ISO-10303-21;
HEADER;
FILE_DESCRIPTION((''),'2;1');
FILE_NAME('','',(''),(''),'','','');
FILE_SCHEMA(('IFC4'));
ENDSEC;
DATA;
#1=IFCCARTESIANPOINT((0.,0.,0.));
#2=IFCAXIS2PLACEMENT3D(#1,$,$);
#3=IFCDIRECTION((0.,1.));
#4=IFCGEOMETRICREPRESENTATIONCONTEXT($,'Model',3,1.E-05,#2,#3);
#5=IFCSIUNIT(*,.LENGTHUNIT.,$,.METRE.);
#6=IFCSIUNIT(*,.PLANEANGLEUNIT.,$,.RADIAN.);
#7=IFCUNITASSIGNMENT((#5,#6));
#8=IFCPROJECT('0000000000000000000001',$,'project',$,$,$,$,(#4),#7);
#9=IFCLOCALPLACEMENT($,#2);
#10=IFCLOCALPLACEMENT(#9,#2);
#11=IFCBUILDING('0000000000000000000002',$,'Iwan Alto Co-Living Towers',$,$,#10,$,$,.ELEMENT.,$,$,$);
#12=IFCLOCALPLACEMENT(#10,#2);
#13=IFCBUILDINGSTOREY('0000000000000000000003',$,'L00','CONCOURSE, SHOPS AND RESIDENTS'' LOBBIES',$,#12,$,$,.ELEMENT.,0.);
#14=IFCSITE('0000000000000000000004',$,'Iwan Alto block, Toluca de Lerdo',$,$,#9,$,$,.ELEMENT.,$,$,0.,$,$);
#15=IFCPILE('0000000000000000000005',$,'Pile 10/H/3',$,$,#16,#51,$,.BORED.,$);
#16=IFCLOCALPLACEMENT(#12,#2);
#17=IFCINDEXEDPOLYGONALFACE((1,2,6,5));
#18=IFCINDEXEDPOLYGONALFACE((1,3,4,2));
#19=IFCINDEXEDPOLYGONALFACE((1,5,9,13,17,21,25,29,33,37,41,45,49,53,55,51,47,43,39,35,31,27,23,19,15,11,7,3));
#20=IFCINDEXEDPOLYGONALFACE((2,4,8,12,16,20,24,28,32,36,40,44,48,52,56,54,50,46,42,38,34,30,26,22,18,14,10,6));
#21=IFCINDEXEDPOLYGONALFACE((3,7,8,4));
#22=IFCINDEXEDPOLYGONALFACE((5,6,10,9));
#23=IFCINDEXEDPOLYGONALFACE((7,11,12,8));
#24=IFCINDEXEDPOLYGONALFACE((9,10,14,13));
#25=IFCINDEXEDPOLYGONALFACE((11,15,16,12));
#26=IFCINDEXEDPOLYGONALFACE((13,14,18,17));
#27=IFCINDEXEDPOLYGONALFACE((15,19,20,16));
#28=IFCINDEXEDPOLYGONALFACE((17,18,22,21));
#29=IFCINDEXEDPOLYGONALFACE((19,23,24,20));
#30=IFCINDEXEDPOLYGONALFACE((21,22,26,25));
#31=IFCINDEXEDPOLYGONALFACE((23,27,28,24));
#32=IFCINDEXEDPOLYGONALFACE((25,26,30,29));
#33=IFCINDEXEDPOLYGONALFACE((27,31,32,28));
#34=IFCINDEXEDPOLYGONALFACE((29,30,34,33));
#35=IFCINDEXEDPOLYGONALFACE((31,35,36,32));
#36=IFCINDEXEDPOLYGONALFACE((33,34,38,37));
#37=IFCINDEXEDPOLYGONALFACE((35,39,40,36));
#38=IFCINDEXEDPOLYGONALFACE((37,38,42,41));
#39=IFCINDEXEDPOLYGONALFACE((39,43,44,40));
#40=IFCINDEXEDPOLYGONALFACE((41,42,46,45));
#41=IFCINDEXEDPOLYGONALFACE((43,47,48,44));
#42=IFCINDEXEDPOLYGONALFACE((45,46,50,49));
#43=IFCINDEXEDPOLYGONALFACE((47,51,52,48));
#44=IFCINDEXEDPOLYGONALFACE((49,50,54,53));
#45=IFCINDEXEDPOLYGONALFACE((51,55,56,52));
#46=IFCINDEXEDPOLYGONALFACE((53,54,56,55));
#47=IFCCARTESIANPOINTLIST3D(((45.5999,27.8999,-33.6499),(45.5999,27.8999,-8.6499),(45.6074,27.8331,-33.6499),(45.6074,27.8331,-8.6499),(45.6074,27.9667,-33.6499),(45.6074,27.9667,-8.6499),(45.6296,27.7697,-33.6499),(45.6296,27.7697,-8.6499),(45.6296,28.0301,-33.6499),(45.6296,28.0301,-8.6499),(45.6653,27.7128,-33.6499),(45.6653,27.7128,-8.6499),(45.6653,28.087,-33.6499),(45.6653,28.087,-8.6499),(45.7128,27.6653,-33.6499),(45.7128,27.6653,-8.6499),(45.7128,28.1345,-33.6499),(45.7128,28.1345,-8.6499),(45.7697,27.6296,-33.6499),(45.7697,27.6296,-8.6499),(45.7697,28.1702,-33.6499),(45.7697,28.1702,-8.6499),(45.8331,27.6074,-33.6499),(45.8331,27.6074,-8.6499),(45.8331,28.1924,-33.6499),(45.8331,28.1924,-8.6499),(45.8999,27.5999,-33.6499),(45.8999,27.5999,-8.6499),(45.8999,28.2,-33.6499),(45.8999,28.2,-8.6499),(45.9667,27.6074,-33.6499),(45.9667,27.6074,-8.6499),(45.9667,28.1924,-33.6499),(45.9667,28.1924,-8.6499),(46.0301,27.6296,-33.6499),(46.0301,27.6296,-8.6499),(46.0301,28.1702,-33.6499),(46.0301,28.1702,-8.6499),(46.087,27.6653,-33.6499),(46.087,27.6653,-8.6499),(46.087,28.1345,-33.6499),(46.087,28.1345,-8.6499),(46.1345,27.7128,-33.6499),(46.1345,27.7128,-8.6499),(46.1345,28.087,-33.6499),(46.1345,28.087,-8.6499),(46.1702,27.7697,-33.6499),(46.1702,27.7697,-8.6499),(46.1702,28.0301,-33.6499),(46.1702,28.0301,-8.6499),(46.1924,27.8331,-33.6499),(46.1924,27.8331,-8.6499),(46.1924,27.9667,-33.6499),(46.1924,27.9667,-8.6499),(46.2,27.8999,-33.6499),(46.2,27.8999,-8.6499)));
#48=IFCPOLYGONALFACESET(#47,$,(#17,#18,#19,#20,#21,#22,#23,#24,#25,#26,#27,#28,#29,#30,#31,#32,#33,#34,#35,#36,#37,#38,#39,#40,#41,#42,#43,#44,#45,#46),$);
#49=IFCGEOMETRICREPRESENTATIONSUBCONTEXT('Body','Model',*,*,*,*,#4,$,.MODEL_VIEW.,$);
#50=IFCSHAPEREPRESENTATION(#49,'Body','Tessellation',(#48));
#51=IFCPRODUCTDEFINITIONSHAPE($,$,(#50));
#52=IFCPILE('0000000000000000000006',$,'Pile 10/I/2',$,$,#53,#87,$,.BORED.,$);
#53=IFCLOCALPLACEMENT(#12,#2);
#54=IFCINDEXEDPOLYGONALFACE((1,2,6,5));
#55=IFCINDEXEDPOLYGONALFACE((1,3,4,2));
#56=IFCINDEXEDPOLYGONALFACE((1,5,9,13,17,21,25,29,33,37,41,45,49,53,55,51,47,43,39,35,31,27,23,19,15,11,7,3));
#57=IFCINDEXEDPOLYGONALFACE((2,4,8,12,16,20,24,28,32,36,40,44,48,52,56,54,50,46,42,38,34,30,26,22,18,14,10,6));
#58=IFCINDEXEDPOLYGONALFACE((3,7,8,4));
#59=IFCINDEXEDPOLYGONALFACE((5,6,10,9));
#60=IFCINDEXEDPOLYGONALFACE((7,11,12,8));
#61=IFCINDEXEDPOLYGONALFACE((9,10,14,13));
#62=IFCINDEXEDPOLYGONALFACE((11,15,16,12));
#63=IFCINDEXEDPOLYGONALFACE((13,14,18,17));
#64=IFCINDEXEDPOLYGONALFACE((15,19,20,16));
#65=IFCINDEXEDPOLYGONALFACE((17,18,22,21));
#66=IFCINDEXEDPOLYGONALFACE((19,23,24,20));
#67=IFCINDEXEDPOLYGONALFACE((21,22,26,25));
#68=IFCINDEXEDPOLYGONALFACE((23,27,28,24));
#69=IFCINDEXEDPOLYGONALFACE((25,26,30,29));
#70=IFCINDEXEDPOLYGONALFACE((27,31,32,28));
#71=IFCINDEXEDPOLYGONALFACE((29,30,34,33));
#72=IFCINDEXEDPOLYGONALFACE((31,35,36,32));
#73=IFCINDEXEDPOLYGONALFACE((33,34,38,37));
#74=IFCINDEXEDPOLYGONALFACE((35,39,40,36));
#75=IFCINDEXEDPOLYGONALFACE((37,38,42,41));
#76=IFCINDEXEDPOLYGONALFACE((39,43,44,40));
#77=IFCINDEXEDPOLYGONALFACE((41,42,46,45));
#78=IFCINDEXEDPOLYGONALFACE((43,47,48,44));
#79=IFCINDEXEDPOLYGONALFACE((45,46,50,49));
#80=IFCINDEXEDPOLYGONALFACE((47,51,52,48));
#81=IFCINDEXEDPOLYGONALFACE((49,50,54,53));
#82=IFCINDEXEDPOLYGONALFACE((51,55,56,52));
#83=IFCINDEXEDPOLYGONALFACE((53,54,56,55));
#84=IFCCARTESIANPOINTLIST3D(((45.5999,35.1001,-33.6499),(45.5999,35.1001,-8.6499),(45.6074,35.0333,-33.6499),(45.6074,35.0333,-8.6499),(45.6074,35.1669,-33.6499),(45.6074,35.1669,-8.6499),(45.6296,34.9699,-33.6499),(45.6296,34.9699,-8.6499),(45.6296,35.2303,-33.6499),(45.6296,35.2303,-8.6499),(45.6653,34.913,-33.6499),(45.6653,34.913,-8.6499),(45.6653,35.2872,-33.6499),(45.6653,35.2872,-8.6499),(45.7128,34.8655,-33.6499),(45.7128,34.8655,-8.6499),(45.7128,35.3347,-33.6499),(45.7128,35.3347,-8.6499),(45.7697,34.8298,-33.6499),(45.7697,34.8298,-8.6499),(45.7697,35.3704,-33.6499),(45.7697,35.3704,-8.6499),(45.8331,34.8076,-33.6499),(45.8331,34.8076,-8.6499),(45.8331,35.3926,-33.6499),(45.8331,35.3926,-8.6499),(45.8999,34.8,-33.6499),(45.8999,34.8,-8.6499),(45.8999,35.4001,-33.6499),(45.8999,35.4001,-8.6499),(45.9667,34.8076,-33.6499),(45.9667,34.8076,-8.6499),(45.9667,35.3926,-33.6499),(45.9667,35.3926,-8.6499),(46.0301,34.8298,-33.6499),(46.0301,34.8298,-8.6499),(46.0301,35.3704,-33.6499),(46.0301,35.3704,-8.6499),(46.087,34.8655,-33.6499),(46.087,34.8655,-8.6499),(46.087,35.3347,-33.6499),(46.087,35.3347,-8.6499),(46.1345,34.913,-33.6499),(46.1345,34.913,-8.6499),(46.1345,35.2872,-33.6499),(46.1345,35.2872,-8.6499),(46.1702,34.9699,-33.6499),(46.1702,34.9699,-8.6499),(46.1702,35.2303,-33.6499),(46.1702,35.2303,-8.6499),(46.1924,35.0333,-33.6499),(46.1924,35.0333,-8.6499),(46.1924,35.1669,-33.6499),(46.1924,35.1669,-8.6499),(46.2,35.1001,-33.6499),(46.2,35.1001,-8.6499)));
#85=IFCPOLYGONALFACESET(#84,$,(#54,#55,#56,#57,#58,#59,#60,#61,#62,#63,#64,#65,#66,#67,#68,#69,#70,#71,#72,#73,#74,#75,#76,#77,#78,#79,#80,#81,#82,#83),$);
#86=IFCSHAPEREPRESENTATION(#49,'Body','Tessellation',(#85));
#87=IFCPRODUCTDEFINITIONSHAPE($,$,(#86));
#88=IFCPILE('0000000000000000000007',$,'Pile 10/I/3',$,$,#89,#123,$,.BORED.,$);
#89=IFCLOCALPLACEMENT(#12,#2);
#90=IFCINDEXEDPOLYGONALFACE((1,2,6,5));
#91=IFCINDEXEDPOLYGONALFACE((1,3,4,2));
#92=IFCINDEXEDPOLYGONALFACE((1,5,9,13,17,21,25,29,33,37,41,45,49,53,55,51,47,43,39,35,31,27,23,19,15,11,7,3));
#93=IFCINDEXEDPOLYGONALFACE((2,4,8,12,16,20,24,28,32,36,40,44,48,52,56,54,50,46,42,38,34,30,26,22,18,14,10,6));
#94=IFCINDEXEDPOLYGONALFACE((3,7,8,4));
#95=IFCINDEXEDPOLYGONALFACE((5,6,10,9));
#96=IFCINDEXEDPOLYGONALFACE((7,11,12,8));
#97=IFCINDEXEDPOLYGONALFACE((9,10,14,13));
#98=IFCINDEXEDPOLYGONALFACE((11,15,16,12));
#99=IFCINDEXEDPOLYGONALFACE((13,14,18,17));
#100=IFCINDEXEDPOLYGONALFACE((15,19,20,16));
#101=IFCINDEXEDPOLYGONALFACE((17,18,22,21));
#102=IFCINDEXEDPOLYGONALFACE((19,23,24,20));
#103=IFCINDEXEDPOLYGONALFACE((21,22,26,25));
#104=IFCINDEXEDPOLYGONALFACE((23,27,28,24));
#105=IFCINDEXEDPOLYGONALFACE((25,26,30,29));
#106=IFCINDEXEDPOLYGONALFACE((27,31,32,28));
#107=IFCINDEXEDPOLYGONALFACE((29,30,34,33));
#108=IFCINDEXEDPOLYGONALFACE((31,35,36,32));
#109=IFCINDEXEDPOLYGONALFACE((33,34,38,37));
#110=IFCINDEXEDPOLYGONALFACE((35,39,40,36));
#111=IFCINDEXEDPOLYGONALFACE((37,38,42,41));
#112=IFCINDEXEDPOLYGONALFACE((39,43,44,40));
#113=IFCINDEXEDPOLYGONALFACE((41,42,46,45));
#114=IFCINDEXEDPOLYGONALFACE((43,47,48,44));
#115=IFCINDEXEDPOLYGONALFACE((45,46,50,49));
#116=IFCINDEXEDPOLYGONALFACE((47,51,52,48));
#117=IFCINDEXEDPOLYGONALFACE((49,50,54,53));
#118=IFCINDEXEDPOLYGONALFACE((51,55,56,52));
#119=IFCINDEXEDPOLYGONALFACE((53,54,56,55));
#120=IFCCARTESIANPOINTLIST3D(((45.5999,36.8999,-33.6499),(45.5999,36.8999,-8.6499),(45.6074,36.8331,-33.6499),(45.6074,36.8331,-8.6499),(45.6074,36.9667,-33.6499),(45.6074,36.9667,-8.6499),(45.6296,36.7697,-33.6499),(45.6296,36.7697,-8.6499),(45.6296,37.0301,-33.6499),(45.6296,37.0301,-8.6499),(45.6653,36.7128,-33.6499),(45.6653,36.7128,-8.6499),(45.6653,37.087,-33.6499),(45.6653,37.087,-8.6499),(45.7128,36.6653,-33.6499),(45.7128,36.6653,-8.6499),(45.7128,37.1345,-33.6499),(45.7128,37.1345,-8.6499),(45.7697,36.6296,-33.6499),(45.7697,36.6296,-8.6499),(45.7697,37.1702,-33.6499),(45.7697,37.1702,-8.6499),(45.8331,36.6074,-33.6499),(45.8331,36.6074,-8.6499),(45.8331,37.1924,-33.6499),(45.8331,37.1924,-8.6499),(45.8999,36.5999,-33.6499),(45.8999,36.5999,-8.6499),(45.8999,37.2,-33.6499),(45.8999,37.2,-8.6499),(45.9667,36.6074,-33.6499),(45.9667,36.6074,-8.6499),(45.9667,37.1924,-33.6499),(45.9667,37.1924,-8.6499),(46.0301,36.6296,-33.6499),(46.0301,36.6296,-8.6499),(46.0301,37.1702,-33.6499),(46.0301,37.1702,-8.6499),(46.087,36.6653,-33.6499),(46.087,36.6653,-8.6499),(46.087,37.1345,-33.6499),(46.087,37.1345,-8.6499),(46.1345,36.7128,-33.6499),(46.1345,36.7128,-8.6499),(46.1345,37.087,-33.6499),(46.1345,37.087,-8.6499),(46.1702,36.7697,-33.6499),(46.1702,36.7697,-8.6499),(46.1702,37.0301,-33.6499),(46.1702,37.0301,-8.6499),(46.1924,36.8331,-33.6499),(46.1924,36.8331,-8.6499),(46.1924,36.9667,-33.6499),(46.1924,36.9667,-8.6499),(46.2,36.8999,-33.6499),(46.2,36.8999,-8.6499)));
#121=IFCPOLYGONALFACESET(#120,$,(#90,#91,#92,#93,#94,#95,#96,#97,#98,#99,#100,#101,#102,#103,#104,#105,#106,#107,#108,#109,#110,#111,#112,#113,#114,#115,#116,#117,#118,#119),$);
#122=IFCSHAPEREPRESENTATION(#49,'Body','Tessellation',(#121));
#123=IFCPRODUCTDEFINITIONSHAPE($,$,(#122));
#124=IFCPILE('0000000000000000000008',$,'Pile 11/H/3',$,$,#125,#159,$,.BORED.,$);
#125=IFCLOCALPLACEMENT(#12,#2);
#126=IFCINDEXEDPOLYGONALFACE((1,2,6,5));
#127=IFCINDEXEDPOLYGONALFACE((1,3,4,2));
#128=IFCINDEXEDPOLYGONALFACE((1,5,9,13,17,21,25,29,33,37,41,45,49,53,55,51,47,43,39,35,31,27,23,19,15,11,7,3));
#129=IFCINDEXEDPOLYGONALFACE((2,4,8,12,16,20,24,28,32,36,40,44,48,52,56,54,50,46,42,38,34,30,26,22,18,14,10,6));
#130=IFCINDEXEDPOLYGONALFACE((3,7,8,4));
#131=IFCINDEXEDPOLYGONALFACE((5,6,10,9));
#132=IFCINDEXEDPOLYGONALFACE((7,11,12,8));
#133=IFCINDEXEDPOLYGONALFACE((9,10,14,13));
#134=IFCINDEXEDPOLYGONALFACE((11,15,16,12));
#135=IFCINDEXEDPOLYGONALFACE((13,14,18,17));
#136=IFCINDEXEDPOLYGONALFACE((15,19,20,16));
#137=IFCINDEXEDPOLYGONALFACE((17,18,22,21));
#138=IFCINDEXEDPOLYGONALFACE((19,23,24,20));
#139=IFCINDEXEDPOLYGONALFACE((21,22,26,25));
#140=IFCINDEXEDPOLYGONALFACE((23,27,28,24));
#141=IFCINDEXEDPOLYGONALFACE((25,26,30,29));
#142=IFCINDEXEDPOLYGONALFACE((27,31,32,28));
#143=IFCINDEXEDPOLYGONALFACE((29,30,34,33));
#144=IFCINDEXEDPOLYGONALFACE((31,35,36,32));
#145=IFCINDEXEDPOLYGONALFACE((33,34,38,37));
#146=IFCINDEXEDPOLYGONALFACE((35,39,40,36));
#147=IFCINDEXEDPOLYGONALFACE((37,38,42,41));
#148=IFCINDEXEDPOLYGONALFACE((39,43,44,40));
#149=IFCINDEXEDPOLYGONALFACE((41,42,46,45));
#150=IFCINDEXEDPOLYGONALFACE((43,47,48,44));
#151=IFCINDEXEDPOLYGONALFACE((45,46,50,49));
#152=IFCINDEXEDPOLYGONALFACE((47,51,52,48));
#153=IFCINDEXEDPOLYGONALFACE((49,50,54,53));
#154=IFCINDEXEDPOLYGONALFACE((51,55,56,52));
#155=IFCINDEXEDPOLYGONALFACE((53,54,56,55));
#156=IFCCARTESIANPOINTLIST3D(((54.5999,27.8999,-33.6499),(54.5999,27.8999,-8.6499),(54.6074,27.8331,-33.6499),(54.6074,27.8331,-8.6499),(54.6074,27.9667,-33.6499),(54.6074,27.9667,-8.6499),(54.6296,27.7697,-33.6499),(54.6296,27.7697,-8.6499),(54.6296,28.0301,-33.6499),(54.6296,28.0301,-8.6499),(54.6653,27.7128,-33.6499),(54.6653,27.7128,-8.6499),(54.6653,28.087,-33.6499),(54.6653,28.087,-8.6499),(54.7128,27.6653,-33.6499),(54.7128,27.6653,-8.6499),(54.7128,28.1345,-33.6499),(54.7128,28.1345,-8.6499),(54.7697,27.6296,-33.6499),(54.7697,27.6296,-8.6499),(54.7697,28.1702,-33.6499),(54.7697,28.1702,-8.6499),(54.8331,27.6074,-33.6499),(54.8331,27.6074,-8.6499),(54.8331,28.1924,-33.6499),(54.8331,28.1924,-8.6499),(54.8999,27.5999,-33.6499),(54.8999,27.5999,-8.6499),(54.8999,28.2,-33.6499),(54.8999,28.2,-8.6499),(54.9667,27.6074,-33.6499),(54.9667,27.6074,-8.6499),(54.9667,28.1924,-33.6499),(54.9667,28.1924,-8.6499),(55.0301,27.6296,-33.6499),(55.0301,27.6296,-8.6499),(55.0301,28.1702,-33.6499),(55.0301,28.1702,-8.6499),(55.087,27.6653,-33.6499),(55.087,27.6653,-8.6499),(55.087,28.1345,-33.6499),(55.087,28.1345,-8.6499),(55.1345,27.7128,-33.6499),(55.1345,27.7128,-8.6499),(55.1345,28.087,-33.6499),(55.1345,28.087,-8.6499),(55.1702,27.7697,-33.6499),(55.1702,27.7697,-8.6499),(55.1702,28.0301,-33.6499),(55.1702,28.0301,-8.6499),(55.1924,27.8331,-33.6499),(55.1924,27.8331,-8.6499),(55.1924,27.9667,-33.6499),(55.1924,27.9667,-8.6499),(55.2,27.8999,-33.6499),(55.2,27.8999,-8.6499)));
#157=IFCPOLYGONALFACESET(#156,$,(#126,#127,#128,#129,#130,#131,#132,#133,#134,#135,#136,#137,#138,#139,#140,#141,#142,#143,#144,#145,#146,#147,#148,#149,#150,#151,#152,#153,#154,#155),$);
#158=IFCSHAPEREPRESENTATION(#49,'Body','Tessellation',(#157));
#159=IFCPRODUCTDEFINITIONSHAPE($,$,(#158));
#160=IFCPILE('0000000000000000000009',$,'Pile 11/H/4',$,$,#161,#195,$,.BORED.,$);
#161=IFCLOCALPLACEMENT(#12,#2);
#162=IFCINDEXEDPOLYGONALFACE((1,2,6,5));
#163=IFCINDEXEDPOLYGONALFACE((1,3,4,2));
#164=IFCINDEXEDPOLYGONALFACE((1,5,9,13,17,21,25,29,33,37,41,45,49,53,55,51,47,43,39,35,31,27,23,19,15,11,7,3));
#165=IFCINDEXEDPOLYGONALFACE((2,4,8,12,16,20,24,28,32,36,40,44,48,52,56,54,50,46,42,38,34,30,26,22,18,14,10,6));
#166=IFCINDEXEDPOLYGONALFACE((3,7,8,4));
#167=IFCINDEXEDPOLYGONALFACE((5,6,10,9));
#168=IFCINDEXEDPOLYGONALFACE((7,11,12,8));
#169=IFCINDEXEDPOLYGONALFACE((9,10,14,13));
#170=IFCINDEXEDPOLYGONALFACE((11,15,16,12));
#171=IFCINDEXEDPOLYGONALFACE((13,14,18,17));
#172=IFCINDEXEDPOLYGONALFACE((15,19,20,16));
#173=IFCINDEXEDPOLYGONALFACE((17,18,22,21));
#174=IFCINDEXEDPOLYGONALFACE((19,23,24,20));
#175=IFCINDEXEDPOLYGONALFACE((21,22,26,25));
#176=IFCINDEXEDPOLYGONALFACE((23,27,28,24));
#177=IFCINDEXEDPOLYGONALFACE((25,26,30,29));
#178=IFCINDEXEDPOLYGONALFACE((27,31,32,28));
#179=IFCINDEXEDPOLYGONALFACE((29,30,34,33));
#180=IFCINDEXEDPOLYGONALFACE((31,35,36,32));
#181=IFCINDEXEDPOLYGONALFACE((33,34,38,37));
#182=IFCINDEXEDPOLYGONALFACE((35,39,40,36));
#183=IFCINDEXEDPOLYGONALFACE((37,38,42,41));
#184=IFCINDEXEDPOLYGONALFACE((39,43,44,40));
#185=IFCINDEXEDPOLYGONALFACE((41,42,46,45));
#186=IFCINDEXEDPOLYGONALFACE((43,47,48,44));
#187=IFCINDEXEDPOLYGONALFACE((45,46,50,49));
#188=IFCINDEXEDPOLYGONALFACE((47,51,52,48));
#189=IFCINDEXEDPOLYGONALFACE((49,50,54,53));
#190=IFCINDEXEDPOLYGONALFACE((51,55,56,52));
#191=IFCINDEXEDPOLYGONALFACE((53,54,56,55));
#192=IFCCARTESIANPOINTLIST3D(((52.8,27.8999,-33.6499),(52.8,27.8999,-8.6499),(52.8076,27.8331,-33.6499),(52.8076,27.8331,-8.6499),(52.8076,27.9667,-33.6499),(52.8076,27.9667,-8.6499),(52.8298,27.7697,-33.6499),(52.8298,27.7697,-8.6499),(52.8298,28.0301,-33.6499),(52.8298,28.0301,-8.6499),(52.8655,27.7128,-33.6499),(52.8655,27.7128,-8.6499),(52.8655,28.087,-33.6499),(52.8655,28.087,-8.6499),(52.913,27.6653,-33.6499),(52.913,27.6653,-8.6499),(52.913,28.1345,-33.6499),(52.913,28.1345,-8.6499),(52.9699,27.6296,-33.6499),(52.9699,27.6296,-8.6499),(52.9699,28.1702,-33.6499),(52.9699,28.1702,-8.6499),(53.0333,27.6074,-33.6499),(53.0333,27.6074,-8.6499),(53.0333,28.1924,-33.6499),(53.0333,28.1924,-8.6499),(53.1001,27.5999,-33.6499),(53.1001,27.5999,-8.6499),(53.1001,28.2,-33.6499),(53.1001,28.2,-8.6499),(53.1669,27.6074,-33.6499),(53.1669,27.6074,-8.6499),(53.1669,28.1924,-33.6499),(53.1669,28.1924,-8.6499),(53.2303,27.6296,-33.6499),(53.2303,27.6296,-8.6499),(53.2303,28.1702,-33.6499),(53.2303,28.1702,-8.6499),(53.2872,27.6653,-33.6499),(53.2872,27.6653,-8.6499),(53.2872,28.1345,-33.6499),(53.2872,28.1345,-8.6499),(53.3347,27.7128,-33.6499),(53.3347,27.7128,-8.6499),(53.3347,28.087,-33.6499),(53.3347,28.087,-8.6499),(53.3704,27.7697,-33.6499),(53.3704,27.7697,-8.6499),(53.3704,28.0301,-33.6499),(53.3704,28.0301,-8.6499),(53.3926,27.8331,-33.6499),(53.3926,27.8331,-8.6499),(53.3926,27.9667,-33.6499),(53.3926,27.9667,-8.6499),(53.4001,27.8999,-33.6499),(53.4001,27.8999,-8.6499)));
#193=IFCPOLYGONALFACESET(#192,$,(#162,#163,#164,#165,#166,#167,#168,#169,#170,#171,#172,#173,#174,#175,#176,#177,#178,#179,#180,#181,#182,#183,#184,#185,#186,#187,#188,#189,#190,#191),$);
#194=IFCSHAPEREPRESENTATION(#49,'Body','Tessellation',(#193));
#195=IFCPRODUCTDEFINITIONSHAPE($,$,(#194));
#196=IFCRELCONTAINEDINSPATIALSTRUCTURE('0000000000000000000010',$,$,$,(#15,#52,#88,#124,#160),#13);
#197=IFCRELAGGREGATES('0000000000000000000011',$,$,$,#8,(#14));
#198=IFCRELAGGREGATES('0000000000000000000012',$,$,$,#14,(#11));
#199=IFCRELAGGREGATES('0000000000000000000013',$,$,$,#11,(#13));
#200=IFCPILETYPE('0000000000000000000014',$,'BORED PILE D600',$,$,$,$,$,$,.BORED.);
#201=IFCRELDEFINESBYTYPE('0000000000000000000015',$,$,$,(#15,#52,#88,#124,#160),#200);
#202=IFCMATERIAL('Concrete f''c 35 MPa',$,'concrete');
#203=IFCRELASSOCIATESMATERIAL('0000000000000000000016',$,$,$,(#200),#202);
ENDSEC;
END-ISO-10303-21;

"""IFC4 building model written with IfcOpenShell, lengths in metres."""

from ifc_helpers import new_model, si_unit, direction, frame, origin, origin_2d, place, context, subcontext, project, spatial, circle, extrude, material, material_profile, profile_set, type_object, element, save


model = new_model("IFC4")

# Units and contexts
model_context = context("Model", 3, precision=1e-05, world=origin(), true_north=direction((0.0, 1.0)))
body_context = subcontext(model_context, "Body", "Model", "MODEL_VIEW")
ifc_project = project(units=[si_unit("LENGTHUNIT", "METRE"), si_unit("PLANEANGLEUNIT", "RADIAN")], contexts=[model_context])

# Site, building, storey
site_placement = place(None, origin())
site = spatial("IfcSite", under=ifc_project, at=site_placement, Name="Iwan Alto block, Toluca de Lerdo", CompositionType="ELEMENT", RefElevation=0.0)
building_placement = place(site_placement, origin())
building = spatial("IfcBuilding", under=site, at=building_placement, Name="Iwan Alto Co-Living Towers", CompositionType="ELEMENT")
storey_placement = place(building_placement, origin())
storey = spatial("IfcBuildingStorey", under=building, at=storey_placement, Name="L00", Description="CONCOURSE, SHOPS AND RESIDENTS' LOBBIES", CompositionType="ELEMENT", Elevation=0.0)

# Piles
ifc_material_1 = material(Name="Concrete f'c 35 MPa", Category="concrete")
ifc_material_profile_1 = material_profile(ifc_material_1, circle(Radius=0.3, at=origin_2d()), Name="D600")
ifc_profile_set_1 = profile_set([ifc_material_profile_1], Name="Concrete f'c 35 MPa")
pile_type = type_object("IfcPileType", Name="BORED PILE D600", PredefinedType="BORED", material=ifc_profile_set_1)
for number, where, z_axis, x_axis, name in (
    (1, (45.8999, 27.8999, -8.6499), (0.0, 0.0, -1.0), (1.0, 0.0, 0.0), "Pile 10/H/3"),
    (2, (45.8999, 35.1001, -8.6499), (0.0, 0.0, -1.0), (1.0, 0.0, 0.0), "Pile 10/I/2"),
    (3, (45.8999, 36.8999, -8.6499), (0.0, 0.0, -1.0), (1.0, 0.0, 0.0), "Pile 10/I/3"),
    (4, (54.8999, 27.8999, -8.6499), (0.0, 0.0, -1.0), (1.0, 0.0, 0.0), "Pile 11/H/3"),
    (5, (53.1001, 27.8999, -8.6499), (0.0, 0.0, -1.0), (1.0, 0.0, 0.0), "Pile 11/H/4"),
):
    element("IfcPile", number, at=place(storey_placement, frame(where, z_axis=z_axis, x_axis=x_axis)), inside=storey, type_object=pile_type, Name=name, PredefinedType="BORED", context=body_context, shape_type="SweptSolid", body=[
        extrude(circle(Radius=0.3, at=origin_2d()), origin(), (0.0, 0.0, 1.0), 25.0),
    ])

save(model, "model.ifc")
